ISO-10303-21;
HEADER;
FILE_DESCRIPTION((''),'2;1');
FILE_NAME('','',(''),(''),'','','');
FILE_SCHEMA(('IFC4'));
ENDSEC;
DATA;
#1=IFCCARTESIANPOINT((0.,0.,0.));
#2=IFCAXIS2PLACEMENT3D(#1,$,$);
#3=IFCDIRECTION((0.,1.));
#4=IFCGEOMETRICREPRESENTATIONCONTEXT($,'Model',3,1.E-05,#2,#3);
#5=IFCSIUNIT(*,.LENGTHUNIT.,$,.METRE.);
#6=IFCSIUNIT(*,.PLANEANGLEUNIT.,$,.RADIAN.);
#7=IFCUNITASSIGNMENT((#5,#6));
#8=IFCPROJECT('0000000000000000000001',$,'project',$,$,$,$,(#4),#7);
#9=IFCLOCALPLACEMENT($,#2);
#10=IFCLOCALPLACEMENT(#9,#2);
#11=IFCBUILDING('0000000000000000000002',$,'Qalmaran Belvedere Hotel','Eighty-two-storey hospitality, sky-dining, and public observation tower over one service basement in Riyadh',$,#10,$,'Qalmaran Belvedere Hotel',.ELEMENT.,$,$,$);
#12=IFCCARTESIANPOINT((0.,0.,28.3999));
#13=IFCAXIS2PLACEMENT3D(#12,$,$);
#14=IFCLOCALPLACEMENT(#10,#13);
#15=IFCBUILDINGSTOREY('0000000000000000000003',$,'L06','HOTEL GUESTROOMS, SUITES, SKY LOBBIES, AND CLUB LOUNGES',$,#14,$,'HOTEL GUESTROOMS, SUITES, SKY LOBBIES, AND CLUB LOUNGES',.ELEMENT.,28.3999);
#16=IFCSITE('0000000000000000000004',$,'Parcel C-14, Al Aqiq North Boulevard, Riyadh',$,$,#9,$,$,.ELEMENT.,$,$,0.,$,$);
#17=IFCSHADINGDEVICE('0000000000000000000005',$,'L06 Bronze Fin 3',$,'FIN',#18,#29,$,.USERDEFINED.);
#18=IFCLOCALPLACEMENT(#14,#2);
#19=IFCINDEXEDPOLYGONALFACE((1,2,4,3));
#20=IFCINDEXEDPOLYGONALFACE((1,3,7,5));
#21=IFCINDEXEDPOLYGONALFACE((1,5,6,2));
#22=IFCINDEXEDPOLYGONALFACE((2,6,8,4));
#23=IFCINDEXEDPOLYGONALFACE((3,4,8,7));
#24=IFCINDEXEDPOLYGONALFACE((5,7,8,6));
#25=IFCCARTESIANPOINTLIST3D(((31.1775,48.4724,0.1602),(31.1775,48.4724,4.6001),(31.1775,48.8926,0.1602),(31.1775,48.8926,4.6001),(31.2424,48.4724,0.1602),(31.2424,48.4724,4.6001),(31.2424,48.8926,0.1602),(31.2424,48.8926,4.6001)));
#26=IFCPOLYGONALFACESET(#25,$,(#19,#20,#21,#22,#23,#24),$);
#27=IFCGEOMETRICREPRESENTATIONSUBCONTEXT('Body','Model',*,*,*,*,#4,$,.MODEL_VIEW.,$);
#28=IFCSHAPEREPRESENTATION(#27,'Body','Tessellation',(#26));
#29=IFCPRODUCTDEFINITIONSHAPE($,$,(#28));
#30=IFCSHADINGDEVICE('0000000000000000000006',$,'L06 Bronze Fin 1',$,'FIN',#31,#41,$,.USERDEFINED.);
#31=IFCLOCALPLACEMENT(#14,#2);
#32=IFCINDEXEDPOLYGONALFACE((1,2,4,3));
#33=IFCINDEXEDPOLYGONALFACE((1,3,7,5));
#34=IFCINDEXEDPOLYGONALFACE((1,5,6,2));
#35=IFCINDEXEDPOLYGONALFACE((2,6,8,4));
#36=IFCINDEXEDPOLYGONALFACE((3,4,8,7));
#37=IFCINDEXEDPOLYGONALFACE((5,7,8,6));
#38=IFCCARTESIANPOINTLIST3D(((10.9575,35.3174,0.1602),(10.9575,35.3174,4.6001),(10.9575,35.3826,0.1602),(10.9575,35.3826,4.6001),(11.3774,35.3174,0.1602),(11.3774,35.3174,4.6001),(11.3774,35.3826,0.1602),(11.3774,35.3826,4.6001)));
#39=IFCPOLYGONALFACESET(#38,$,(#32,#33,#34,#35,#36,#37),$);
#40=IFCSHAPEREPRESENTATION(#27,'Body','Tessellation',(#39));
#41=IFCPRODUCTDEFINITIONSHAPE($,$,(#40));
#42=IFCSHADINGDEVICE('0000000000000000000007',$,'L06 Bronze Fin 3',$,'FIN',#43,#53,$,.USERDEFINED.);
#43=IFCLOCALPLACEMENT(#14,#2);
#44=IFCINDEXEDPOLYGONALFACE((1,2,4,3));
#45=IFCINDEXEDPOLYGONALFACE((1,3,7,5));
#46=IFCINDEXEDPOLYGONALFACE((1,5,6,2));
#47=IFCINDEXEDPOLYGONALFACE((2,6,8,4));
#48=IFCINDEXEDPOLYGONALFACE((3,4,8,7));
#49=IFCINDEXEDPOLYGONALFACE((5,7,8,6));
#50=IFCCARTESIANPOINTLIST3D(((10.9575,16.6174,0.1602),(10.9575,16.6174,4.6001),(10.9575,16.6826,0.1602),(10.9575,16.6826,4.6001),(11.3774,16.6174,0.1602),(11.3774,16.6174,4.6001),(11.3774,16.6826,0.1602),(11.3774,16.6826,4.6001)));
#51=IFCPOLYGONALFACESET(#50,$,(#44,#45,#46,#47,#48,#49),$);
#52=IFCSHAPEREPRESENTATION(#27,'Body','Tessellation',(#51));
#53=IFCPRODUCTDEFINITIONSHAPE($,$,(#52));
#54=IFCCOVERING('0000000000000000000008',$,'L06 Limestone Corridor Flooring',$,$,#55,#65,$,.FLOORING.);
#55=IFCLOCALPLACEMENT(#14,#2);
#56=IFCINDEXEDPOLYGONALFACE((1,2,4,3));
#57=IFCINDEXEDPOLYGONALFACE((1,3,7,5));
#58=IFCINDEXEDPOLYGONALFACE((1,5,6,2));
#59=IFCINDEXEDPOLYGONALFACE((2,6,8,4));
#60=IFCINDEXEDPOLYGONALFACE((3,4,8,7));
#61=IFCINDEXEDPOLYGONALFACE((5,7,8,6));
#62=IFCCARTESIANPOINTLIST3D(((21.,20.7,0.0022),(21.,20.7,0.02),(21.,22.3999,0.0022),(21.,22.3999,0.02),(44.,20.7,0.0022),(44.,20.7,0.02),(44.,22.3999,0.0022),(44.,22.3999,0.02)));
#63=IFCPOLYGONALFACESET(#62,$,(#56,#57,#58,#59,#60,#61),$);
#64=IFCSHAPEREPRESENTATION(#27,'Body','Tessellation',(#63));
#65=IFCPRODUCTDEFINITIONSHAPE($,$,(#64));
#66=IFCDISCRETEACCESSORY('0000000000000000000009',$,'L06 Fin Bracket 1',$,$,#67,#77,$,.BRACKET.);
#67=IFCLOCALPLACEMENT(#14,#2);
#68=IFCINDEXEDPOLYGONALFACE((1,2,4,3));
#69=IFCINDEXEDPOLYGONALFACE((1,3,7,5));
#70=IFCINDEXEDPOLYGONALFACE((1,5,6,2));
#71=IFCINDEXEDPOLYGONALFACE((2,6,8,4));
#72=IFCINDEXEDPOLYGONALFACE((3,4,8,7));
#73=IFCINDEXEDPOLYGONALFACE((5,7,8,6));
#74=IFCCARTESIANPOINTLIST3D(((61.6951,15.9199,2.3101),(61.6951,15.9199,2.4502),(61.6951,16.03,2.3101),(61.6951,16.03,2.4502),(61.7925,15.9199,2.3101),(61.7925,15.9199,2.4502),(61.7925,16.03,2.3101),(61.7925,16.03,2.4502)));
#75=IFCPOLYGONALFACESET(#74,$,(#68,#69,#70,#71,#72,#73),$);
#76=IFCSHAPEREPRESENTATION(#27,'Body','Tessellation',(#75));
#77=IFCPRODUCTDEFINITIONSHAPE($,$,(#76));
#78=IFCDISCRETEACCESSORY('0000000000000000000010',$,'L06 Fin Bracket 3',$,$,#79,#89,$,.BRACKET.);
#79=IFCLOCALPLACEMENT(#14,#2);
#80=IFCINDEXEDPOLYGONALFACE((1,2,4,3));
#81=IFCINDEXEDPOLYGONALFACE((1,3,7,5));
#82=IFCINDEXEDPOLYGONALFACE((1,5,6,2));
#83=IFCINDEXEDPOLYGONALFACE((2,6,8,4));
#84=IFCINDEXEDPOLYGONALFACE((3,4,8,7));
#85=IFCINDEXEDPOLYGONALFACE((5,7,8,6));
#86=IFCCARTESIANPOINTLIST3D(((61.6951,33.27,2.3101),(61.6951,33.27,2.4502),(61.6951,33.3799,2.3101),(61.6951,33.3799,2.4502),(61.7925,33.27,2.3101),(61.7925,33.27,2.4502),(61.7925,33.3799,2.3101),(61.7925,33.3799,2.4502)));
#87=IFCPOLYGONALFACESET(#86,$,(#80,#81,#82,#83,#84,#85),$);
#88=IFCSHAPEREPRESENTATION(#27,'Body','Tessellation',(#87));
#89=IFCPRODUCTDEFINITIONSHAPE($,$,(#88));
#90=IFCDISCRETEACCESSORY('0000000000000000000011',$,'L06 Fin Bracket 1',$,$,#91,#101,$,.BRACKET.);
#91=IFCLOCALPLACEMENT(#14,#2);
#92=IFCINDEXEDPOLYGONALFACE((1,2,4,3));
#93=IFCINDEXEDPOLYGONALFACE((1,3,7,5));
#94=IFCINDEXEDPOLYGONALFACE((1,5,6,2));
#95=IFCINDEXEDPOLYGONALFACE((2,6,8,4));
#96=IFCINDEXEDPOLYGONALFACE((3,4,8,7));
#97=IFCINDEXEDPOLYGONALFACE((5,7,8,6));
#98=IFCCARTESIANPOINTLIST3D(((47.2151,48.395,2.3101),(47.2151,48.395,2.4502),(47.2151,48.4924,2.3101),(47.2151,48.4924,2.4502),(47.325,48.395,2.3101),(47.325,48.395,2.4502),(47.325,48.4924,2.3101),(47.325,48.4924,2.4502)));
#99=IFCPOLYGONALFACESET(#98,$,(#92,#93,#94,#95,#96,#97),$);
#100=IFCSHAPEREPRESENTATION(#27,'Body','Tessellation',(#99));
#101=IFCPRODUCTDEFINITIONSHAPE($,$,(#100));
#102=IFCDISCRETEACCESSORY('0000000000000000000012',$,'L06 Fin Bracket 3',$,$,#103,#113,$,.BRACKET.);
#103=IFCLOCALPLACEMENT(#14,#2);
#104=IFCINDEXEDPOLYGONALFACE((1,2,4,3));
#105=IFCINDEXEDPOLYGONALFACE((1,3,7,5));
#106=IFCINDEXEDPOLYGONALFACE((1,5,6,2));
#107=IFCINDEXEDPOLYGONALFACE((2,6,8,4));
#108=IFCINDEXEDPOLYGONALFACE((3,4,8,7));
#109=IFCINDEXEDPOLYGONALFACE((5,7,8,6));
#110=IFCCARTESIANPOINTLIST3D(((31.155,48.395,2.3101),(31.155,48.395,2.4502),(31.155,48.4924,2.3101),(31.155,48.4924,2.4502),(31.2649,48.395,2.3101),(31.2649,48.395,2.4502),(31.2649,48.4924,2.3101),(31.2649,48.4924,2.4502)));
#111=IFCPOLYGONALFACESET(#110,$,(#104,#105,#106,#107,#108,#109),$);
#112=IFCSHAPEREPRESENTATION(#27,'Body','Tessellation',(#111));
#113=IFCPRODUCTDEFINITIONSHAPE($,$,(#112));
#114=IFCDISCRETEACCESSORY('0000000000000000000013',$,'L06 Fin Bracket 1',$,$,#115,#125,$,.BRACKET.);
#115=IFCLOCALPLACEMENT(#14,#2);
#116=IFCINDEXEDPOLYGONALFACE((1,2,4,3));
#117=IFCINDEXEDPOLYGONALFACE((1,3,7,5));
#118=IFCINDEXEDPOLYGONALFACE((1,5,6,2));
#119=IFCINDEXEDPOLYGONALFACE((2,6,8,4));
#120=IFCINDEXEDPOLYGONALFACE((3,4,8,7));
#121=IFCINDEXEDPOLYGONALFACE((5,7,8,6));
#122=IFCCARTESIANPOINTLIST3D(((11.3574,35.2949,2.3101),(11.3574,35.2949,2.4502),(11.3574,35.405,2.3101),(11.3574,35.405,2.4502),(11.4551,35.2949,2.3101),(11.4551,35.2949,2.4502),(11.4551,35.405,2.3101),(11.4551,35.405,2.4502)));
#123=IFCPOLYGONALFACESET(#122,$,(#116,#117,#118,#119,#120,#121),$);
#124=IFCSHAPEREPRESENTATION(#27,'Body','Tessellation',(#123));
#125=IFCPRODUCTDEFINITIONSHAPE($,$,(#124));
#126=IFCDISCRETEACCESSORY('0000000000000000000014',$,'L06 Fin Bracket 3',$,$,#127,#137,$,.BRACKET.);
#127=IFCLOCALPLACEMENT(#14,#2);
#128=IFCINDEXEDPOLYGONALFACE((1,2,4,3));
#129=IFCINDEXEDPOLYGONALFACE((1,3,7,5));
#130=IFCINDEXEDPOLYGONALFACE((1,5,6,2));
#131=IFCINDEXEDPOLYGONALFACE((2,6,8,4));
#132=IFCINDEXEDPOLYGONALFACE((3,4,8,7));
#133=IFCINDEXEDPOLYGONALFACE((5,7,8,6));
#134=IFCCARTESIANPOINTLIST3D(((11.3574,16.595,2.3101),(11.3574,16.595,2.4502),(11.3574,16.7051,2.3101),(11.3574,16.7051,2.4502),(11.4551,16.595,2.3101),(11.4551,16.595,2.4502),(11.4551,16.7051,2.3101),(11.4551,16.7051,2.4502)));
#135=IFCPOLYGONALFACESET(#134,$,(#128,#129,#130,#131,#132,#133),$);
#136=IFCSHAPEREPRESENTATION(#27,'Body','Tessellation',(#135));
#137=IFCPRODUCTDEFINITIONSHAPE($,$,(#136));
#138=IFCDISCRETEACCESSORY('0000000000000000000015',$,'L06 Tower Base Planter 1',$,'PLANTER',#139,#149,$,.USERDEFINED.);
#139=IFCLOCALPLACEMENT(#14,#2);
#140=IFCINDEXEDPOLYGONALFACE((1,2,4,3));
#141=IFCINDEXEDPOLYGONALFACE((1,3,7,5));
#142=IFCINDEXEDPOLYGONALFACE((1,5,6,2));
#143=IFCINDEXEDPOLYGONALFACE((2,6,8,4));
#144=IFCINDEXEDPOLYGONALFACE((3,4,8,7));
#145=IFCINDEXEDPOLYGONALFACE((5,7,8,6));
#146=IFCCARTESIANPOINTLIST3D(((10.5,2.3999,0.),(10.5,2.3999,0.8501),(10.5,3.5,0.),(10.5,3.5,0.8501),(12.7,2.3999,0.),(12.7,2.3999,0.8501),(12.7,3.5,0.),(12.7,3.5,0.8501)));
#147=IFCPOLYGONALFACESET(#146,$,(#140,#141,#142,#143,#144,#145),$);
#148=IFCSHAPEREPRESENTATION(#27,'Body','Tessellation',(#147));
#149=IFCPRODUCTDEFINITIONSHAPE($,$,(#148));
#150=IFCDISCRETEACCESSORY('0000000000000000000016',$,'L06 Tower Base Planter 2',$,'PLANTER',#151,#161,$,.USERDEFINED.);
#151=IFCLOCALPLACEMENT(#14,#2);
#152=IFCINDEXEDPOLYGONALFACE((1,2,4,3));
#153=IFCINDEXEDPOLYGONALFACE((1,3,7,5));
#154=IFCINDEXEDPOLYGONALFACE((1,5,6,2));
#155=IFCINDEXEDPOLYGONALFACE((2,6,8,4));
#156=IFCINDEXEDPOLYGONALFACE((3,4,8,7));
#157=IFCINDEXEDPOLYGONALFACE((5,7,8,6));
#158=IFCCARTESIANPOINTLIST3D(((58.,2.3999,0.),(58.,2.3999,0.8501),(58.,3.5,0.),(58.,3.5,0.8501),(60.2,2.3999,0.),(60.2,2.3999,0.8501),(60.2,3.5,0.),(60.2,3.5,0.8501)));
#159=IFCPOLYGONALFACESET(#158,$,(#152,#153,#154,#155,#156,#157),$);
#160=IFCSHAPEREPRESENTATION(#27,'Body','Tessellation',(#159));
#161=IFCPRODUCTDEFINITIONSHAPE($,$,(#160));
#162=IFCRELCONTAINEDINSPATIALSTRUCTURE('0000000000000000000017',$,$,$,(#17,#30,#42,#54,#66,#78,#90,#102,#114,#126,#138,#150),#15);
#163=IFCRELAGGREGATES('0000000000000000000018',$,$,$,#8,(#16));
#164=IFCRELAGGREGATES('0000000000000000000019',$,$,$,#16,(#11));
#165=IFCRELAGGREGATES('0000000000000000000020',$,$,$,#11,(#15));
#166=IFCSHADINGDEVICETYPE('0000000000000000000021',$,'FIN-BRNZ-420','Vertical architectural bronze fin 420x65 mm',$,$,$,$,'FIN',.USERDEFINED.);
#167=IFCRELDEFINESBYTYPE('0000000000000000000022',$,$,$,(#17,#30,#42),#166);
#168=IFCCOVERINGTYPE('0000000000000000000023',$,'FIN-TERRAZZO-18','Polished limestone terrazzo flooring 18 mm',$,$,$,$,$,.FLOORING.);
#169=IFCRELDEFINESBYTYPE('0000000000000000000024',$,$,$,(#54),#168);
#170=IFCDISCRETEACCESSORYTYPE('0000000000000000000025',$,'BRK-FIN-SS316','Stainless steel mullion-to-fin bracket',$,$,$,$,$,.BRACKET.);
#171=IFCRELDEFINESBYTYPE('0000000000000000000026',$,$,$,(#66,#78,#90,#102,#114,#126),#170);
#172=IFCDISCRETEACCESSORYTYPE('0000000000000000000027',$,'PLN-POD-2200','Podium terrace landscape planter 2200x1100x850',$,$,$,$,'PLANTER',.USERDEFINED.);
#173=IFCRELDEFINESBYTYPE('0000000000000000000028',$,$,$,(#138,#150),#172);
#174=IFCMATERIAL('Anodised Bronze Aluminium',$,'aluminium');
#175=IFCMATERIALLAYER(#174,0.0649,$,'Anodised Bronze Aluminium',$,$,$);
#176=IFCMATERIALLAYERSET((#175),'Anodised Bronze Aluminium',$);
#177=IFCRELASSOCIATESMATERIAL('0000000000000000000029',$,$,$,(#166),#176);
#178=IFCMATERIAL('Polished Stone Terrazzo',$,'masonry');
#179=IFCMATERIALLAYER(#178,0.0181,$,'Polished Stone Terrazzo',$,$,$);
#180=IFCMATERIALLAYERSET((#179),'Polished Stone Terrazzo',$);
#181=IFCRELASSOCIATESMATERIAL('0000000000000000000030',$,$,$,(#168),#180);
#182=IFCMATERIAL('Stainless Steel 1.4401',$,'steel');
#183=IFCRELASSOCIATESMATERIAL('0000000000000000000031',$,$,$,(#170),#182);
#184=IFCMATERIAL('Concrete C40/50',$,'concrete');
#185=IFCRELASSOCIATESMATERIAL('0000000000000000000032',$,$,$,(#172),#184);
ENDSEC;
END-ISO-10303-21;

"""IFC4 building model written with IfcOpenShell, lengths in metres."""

from ifc_helpers import new_model, si_unit, direction, frame, origin, place, context, subcontext, project, spatial, polyline, outline, extrude, material, layer, layer_set, type_object, element, save


model = new_model("IFC4")

# Units and contexts
model_context = context("Model", 3, precision=1e-05, world=origin(), true_north=direction((0.0, 1.0)))
body_context = subcontext(model_context, "Body", "Model", "MODEL_VIEW")
ifc_project = project(units=[si_unit("LENGTHUNIT", "METRE"), si_unit("PLANEANGLEUNIT", "RADIAN")], contexts=[model_context])

# Site, building, storey
site_placement = place(None, origin())
site = spatial("IfcSite", under=ifc_project, at=site_placement, Name="Parcel C-14, Al Aqiq North Boulevard, Riyadh", CompositionType="ELEMENT", RefElevation=0.0)
building_placement = place(site_placement, origin())
building = spatial("IfcBuilding", under=site, at=building_placement, Name="Qalmaran Belvedere Hotel", Description="Eighty-two-storey hospitality, sky-dining, and public observation tower over one service basement in Riyadh", LongName="Qalmaran Belvedere Hotel", CompositionType="ELEMENT")
storey_placement = place(building_placement, frame((0.0, 0.0, 28.3999)))
storey = spatial("IfcBuildingStorey", under=building, at=storey_placement, Name="L06", Description="HOTEL GUESTROOMS, SUITES, SKY LOBBIES, AND CLUB LOUNGES", LongName="HOTEL GUESTROOMS, SUITES, SKY LOBBIES, AND CLUB LOUNGES", CompositionType="ELEMENT", Elevation=28.3999)

# Shared definitions
ifc_material_1 = material(Name="Anodised Bronze Aluminium", Category="aluminium")

# Shared definitions
ifc_material_2 = material(Name="Concrete C40/50", Category="concrete")

# Shading devices
ifc_layer_1 = layer(ifc_material_1, 0.0649, Name="Anodised Bronze Aluminium")
ifc_layer_set_1 = layer_set([ifc_layer_1], Name="Anodised Bronze Aluminium")
shading_device_type = type_object("IfcShadingDeviceType", Name="FIN-BRNZ-420", Description="Vertical architectural bronze fin 420x65 mm", ElementType="FIN", PredefinedType="USERDEFINED", material=ifc_layer_set_1)
shading_device_1_placement = place(storey_placement, frame((0.0, 0.0, 0.1602)))
element("IfcShadingDevice", 1, at=shading_device_1_placement, inside=storey, type_object=shading_device_type, Name="L06 Bronze Fin 3", ObjectType="FIN", PredefinedType="USERDEFINED", context=body_context, shape_type="SweptSolid", body=[
    extrude(outline(polyline([(31.2424, 48.4724), (31.2424, 48.8926), (31.1775, 48.8926), (31.1775, 48.4724), (31.2424, 48.4724)])), origin(), (0.0, 0.0, 1.0), 4.4399),
])
shading_device_2_placement = place(storey_placement, frame((0.0, 0.0, 0.1602)))
element("IfcShadingDevice", 2, at=shading_device_2_placement, inside=storey, type_object=shading_device_type, Name="L06 Bronze Fin 1", ObjectType="FIN", PredefinedType="USERDEFINED", context=body_context, shape_type="SweptSolid", body=[
    extrude(outline(polyline([(11.3774, 35.3826), (10.9575, 35.3826), (10.9575, 35.3174), (11.3774, 35.3174), (11.3774, 35.3826)])), origin(), (0.0, 0.0, 1.0), 4.4399),
])
shading_device_3_placement = place(storey_placement, frame((0.0, 0.0, 0.1602)))
element("IfcShadingDevice", 3, at=shading_device_3_placement, inside=storey, type_object=shading_device_type, Name="L06 Bronze Fin 3", ObjectType="FIN", PredefinedType="USERDEFINED", context=body_context, shape_type="SweptSolid", body=[
    extrude(outline(polyline([(11.3774, 16.6826), (10.9575, 16.6826), (10.9575, 16.6174), (11.3774, 16.6174), (11.3774, 16.6826)])), origin(), (0.0, 0.0, 1.0), 4.4399),
])

# Covering
ifc_material_3 = material(Name="Polished Stone Terrazzo", Category="masonry")
ifc_layer_2 = layer(ifc_material_3, 0.0181, Name="Polished Stone Terrazzo")
ifc_layer_set_2 = layer_set([ifc_layer_2], Name="Polished Stone Terrazzo")
covering_type_1 = type_object("IfcCoveringType", Name="FIN-TERRAZZO-18", Description="Polished limestone terrazzo flooring 18 mm", PredefinedType="FLOORING", material=ifc_layer_set_2)
covering_1_placement = place(storey_placement, frame((0.0, 0.0, 0.0022)))
element("IfcCovering", 4, at=covering_1_placement, inside=storey, type_object=covering_type_1, Name="L06 Limestone Corridor Flooring", PredefinedType="FLOORING", context=body_context, shape_type="SweptSolid", body=[
    extrude(outline(polyline([(21.0, 20.7), (44.0, 20.7), (44.0, 22.3999), (21.0, 22.3999), (21.0, 20.7)])), origin(), (0.0, 0.0, 1.0), 0.0178),
])

# Discrete accessories
ifc_material_4 = material(Name="Stainless Steel 1.4401", Category="steel")
discrete_accessory_type_1 = type_object("IfcDiscreteAccessoryType", Name="BRK-FIN-SS316", Description="Stainless steel mullion-to-fin bracket", PredefinedType="BRACKET", material=ifc_material_4)
discrete_accessory_1_placement = place(storey_placement, frame((0.0, 0.0, 2.3101)))
element("IfcDiscreteAccessory", 5, at=discrete_accessory_1_placement, inside=storey, type_object=discrete_accessory_type_1, Name="L06 Fin Bracket 1", PredefinedType="BRACKET", context=body_context, shape_type="SweptSolid", body=[
    extrude(outline(polyline([(61.6951, 15.9199), (61.7925, 15.9199), (61.7925, 16.03), (61.6951, 16.03), (61.6951, 15.9199)])), origin(), (0.0, 0.0, 1.0), 0.1401),
])
discrete_accessory_2_placement = place(storey_placement, frame((0.0, 0.0, 2.3101)))
element("IfcDiscreteAccessory", 6, at=discrete_accessory_2_placement, inside=storey, type_object=discrete_accessory_type_1, Name="L06 Fin Bracket 3", PredefinedType="BRACKET", context=body_context, shape_type="SweptSolid", body=[
    extrude(outline(polyline([(61.6951, 33.27), (61.7925, 33.27), (61.7925, 33.3799), (61.6951, 33.3799), (61.6951, 33.27)])), origin(), (0.0, 0.0, 1.0), 0.1401),
])
discrete_accessory_3_placement = place(storey_placement, frame((0.0, 0.0, 2.3101)))
element("IfcDiscreteAccessory", 7, at=discrete_accessory_3_placement, inside=storey, type_object=discrete_accessory_type_1, Name="L06 Fin Bracket 1", PredefinedType="BRACKET", context=body_context, shape_type="SweptSolid", body=[
    extrude(outline(polyline([(47.325, 48.395), (47.325, 48.4924), (47.2151, 48.4924), (47.2151, 48.395), (47.325, 48.395)])), origin(), (0.0, 0.0, 1.0), 0.1401),
])
discrete_accessory_4_placement = place(storey_placement, frame((0.0, 0.0, 2.3101)))
element("IfcDiscreteAccessory", 8, at=discrete_accessory_4_placement, inside=storey, type_object=discrete_accessory_type_1, Name="L06 Fin Bracket 3", PredefinedType="BRACKET", context=body_context, shape_type="SweptSolid", body=[
    extrude(outline(polyline([(31.2649, 48.395), (31.2649, 48.4924), (31.155, 48.4924), (31.155, 48.395), (31.2649, 48.395)])), origin(), (0.0, 0.0, 1.0), 0.1401),
])
discrete_accessory_5_placement = place(storey_placement, frame((0.0, 0.0, 2.3101)))
element("IfcDiscreteAccessory", 9, at=discrete_accessory_5_placement, inside=storey, type_object=discrete_accessory_type_1, Name="L06 Fin Bracket 1", PredefinedType="BRACKET", context=body_context, shape_type="SweptSolid", body=[
    extrude(outline(polyline([(11.4551, 35.405), (11.3574, 35.405), (11.3574, 35.2949), (11.4551, 35.2949), (11.4551, 35.405)])), origin(), (0.0, 0.0, 1.0), 0.1401),
])
discrete_accessory_6_placement = place(storey_placement, frame((0.0, 0.0, 2.3101)))
element("IfcDiscreteAccessory", 10, at=discrete_accessory_6_placement, inside=storey, type_object=discrete_accessory_type_1, Name="L06 Fin Bracket 3", PredefinedType="BRACKET", context=body_context, shape_type="SweptSolid", body=[
    extrude(outline(polyline([(11.4551, 16.7051), (11.3574, 16.7051), (11.3574, 16.595), (11.4551, 16.595), (11.4551, 16.7051)])), origin(), (0.0, 0.0, 1.0), 0.1401),
])
discrete_accessory_type_2 = type_object("IfcDiscreteAccessoryType", Name="PLN-POD-2200", Description="Podium terrace landscape planter 2200x1100x850", ElementType="PLANTER", PredefinedType="USERDEFINED", material=ifc_material_2)
discrete_accessory_7_placement = place(storey_placement, origin())
element("IfcDiscreteAccessory", 11, at=discrete_accessory_7_placement, inside=storey, type_object=discrete_accessory_type_2, Name="L06 Tower Base Planter 1", ObjectType="PLANTER", PredefinedType="USERDEFINED", context=body_context, shape_type="SweptSolid", body=[
    extrude(outline(polyline([(10.5, 2.3999), (12.7, 2.3999), (12.7, 3.5), (10.5, 3.5), (10.5, 2.3999)])), origin(), (0.0, 0.0, 1.0), 0.8501),
])
discrete_accessory_8_placement = place(storey_placement, origin())
element("IfcDiscreteAccessory", 12, at=discrete_accessory_8_placement, inside=storey, type_object=discrete_accessory_type_2, Name="L06 Tower Base Planter 2", ObjectType="PLANTER", PredefinedType="USERDEFINED", context=body_context, shape_type="SweptSolid", body=[
    extrude(outline(polyline([(58.0, 2.3999), (60.2, 2.3999), (60.2, 3.5), (58.0, 3.5), (58.0, 2.3999)])), origin(), (0.0, 0.0, 1.0), 0.8501),
])

save(model, "model.ifc")
